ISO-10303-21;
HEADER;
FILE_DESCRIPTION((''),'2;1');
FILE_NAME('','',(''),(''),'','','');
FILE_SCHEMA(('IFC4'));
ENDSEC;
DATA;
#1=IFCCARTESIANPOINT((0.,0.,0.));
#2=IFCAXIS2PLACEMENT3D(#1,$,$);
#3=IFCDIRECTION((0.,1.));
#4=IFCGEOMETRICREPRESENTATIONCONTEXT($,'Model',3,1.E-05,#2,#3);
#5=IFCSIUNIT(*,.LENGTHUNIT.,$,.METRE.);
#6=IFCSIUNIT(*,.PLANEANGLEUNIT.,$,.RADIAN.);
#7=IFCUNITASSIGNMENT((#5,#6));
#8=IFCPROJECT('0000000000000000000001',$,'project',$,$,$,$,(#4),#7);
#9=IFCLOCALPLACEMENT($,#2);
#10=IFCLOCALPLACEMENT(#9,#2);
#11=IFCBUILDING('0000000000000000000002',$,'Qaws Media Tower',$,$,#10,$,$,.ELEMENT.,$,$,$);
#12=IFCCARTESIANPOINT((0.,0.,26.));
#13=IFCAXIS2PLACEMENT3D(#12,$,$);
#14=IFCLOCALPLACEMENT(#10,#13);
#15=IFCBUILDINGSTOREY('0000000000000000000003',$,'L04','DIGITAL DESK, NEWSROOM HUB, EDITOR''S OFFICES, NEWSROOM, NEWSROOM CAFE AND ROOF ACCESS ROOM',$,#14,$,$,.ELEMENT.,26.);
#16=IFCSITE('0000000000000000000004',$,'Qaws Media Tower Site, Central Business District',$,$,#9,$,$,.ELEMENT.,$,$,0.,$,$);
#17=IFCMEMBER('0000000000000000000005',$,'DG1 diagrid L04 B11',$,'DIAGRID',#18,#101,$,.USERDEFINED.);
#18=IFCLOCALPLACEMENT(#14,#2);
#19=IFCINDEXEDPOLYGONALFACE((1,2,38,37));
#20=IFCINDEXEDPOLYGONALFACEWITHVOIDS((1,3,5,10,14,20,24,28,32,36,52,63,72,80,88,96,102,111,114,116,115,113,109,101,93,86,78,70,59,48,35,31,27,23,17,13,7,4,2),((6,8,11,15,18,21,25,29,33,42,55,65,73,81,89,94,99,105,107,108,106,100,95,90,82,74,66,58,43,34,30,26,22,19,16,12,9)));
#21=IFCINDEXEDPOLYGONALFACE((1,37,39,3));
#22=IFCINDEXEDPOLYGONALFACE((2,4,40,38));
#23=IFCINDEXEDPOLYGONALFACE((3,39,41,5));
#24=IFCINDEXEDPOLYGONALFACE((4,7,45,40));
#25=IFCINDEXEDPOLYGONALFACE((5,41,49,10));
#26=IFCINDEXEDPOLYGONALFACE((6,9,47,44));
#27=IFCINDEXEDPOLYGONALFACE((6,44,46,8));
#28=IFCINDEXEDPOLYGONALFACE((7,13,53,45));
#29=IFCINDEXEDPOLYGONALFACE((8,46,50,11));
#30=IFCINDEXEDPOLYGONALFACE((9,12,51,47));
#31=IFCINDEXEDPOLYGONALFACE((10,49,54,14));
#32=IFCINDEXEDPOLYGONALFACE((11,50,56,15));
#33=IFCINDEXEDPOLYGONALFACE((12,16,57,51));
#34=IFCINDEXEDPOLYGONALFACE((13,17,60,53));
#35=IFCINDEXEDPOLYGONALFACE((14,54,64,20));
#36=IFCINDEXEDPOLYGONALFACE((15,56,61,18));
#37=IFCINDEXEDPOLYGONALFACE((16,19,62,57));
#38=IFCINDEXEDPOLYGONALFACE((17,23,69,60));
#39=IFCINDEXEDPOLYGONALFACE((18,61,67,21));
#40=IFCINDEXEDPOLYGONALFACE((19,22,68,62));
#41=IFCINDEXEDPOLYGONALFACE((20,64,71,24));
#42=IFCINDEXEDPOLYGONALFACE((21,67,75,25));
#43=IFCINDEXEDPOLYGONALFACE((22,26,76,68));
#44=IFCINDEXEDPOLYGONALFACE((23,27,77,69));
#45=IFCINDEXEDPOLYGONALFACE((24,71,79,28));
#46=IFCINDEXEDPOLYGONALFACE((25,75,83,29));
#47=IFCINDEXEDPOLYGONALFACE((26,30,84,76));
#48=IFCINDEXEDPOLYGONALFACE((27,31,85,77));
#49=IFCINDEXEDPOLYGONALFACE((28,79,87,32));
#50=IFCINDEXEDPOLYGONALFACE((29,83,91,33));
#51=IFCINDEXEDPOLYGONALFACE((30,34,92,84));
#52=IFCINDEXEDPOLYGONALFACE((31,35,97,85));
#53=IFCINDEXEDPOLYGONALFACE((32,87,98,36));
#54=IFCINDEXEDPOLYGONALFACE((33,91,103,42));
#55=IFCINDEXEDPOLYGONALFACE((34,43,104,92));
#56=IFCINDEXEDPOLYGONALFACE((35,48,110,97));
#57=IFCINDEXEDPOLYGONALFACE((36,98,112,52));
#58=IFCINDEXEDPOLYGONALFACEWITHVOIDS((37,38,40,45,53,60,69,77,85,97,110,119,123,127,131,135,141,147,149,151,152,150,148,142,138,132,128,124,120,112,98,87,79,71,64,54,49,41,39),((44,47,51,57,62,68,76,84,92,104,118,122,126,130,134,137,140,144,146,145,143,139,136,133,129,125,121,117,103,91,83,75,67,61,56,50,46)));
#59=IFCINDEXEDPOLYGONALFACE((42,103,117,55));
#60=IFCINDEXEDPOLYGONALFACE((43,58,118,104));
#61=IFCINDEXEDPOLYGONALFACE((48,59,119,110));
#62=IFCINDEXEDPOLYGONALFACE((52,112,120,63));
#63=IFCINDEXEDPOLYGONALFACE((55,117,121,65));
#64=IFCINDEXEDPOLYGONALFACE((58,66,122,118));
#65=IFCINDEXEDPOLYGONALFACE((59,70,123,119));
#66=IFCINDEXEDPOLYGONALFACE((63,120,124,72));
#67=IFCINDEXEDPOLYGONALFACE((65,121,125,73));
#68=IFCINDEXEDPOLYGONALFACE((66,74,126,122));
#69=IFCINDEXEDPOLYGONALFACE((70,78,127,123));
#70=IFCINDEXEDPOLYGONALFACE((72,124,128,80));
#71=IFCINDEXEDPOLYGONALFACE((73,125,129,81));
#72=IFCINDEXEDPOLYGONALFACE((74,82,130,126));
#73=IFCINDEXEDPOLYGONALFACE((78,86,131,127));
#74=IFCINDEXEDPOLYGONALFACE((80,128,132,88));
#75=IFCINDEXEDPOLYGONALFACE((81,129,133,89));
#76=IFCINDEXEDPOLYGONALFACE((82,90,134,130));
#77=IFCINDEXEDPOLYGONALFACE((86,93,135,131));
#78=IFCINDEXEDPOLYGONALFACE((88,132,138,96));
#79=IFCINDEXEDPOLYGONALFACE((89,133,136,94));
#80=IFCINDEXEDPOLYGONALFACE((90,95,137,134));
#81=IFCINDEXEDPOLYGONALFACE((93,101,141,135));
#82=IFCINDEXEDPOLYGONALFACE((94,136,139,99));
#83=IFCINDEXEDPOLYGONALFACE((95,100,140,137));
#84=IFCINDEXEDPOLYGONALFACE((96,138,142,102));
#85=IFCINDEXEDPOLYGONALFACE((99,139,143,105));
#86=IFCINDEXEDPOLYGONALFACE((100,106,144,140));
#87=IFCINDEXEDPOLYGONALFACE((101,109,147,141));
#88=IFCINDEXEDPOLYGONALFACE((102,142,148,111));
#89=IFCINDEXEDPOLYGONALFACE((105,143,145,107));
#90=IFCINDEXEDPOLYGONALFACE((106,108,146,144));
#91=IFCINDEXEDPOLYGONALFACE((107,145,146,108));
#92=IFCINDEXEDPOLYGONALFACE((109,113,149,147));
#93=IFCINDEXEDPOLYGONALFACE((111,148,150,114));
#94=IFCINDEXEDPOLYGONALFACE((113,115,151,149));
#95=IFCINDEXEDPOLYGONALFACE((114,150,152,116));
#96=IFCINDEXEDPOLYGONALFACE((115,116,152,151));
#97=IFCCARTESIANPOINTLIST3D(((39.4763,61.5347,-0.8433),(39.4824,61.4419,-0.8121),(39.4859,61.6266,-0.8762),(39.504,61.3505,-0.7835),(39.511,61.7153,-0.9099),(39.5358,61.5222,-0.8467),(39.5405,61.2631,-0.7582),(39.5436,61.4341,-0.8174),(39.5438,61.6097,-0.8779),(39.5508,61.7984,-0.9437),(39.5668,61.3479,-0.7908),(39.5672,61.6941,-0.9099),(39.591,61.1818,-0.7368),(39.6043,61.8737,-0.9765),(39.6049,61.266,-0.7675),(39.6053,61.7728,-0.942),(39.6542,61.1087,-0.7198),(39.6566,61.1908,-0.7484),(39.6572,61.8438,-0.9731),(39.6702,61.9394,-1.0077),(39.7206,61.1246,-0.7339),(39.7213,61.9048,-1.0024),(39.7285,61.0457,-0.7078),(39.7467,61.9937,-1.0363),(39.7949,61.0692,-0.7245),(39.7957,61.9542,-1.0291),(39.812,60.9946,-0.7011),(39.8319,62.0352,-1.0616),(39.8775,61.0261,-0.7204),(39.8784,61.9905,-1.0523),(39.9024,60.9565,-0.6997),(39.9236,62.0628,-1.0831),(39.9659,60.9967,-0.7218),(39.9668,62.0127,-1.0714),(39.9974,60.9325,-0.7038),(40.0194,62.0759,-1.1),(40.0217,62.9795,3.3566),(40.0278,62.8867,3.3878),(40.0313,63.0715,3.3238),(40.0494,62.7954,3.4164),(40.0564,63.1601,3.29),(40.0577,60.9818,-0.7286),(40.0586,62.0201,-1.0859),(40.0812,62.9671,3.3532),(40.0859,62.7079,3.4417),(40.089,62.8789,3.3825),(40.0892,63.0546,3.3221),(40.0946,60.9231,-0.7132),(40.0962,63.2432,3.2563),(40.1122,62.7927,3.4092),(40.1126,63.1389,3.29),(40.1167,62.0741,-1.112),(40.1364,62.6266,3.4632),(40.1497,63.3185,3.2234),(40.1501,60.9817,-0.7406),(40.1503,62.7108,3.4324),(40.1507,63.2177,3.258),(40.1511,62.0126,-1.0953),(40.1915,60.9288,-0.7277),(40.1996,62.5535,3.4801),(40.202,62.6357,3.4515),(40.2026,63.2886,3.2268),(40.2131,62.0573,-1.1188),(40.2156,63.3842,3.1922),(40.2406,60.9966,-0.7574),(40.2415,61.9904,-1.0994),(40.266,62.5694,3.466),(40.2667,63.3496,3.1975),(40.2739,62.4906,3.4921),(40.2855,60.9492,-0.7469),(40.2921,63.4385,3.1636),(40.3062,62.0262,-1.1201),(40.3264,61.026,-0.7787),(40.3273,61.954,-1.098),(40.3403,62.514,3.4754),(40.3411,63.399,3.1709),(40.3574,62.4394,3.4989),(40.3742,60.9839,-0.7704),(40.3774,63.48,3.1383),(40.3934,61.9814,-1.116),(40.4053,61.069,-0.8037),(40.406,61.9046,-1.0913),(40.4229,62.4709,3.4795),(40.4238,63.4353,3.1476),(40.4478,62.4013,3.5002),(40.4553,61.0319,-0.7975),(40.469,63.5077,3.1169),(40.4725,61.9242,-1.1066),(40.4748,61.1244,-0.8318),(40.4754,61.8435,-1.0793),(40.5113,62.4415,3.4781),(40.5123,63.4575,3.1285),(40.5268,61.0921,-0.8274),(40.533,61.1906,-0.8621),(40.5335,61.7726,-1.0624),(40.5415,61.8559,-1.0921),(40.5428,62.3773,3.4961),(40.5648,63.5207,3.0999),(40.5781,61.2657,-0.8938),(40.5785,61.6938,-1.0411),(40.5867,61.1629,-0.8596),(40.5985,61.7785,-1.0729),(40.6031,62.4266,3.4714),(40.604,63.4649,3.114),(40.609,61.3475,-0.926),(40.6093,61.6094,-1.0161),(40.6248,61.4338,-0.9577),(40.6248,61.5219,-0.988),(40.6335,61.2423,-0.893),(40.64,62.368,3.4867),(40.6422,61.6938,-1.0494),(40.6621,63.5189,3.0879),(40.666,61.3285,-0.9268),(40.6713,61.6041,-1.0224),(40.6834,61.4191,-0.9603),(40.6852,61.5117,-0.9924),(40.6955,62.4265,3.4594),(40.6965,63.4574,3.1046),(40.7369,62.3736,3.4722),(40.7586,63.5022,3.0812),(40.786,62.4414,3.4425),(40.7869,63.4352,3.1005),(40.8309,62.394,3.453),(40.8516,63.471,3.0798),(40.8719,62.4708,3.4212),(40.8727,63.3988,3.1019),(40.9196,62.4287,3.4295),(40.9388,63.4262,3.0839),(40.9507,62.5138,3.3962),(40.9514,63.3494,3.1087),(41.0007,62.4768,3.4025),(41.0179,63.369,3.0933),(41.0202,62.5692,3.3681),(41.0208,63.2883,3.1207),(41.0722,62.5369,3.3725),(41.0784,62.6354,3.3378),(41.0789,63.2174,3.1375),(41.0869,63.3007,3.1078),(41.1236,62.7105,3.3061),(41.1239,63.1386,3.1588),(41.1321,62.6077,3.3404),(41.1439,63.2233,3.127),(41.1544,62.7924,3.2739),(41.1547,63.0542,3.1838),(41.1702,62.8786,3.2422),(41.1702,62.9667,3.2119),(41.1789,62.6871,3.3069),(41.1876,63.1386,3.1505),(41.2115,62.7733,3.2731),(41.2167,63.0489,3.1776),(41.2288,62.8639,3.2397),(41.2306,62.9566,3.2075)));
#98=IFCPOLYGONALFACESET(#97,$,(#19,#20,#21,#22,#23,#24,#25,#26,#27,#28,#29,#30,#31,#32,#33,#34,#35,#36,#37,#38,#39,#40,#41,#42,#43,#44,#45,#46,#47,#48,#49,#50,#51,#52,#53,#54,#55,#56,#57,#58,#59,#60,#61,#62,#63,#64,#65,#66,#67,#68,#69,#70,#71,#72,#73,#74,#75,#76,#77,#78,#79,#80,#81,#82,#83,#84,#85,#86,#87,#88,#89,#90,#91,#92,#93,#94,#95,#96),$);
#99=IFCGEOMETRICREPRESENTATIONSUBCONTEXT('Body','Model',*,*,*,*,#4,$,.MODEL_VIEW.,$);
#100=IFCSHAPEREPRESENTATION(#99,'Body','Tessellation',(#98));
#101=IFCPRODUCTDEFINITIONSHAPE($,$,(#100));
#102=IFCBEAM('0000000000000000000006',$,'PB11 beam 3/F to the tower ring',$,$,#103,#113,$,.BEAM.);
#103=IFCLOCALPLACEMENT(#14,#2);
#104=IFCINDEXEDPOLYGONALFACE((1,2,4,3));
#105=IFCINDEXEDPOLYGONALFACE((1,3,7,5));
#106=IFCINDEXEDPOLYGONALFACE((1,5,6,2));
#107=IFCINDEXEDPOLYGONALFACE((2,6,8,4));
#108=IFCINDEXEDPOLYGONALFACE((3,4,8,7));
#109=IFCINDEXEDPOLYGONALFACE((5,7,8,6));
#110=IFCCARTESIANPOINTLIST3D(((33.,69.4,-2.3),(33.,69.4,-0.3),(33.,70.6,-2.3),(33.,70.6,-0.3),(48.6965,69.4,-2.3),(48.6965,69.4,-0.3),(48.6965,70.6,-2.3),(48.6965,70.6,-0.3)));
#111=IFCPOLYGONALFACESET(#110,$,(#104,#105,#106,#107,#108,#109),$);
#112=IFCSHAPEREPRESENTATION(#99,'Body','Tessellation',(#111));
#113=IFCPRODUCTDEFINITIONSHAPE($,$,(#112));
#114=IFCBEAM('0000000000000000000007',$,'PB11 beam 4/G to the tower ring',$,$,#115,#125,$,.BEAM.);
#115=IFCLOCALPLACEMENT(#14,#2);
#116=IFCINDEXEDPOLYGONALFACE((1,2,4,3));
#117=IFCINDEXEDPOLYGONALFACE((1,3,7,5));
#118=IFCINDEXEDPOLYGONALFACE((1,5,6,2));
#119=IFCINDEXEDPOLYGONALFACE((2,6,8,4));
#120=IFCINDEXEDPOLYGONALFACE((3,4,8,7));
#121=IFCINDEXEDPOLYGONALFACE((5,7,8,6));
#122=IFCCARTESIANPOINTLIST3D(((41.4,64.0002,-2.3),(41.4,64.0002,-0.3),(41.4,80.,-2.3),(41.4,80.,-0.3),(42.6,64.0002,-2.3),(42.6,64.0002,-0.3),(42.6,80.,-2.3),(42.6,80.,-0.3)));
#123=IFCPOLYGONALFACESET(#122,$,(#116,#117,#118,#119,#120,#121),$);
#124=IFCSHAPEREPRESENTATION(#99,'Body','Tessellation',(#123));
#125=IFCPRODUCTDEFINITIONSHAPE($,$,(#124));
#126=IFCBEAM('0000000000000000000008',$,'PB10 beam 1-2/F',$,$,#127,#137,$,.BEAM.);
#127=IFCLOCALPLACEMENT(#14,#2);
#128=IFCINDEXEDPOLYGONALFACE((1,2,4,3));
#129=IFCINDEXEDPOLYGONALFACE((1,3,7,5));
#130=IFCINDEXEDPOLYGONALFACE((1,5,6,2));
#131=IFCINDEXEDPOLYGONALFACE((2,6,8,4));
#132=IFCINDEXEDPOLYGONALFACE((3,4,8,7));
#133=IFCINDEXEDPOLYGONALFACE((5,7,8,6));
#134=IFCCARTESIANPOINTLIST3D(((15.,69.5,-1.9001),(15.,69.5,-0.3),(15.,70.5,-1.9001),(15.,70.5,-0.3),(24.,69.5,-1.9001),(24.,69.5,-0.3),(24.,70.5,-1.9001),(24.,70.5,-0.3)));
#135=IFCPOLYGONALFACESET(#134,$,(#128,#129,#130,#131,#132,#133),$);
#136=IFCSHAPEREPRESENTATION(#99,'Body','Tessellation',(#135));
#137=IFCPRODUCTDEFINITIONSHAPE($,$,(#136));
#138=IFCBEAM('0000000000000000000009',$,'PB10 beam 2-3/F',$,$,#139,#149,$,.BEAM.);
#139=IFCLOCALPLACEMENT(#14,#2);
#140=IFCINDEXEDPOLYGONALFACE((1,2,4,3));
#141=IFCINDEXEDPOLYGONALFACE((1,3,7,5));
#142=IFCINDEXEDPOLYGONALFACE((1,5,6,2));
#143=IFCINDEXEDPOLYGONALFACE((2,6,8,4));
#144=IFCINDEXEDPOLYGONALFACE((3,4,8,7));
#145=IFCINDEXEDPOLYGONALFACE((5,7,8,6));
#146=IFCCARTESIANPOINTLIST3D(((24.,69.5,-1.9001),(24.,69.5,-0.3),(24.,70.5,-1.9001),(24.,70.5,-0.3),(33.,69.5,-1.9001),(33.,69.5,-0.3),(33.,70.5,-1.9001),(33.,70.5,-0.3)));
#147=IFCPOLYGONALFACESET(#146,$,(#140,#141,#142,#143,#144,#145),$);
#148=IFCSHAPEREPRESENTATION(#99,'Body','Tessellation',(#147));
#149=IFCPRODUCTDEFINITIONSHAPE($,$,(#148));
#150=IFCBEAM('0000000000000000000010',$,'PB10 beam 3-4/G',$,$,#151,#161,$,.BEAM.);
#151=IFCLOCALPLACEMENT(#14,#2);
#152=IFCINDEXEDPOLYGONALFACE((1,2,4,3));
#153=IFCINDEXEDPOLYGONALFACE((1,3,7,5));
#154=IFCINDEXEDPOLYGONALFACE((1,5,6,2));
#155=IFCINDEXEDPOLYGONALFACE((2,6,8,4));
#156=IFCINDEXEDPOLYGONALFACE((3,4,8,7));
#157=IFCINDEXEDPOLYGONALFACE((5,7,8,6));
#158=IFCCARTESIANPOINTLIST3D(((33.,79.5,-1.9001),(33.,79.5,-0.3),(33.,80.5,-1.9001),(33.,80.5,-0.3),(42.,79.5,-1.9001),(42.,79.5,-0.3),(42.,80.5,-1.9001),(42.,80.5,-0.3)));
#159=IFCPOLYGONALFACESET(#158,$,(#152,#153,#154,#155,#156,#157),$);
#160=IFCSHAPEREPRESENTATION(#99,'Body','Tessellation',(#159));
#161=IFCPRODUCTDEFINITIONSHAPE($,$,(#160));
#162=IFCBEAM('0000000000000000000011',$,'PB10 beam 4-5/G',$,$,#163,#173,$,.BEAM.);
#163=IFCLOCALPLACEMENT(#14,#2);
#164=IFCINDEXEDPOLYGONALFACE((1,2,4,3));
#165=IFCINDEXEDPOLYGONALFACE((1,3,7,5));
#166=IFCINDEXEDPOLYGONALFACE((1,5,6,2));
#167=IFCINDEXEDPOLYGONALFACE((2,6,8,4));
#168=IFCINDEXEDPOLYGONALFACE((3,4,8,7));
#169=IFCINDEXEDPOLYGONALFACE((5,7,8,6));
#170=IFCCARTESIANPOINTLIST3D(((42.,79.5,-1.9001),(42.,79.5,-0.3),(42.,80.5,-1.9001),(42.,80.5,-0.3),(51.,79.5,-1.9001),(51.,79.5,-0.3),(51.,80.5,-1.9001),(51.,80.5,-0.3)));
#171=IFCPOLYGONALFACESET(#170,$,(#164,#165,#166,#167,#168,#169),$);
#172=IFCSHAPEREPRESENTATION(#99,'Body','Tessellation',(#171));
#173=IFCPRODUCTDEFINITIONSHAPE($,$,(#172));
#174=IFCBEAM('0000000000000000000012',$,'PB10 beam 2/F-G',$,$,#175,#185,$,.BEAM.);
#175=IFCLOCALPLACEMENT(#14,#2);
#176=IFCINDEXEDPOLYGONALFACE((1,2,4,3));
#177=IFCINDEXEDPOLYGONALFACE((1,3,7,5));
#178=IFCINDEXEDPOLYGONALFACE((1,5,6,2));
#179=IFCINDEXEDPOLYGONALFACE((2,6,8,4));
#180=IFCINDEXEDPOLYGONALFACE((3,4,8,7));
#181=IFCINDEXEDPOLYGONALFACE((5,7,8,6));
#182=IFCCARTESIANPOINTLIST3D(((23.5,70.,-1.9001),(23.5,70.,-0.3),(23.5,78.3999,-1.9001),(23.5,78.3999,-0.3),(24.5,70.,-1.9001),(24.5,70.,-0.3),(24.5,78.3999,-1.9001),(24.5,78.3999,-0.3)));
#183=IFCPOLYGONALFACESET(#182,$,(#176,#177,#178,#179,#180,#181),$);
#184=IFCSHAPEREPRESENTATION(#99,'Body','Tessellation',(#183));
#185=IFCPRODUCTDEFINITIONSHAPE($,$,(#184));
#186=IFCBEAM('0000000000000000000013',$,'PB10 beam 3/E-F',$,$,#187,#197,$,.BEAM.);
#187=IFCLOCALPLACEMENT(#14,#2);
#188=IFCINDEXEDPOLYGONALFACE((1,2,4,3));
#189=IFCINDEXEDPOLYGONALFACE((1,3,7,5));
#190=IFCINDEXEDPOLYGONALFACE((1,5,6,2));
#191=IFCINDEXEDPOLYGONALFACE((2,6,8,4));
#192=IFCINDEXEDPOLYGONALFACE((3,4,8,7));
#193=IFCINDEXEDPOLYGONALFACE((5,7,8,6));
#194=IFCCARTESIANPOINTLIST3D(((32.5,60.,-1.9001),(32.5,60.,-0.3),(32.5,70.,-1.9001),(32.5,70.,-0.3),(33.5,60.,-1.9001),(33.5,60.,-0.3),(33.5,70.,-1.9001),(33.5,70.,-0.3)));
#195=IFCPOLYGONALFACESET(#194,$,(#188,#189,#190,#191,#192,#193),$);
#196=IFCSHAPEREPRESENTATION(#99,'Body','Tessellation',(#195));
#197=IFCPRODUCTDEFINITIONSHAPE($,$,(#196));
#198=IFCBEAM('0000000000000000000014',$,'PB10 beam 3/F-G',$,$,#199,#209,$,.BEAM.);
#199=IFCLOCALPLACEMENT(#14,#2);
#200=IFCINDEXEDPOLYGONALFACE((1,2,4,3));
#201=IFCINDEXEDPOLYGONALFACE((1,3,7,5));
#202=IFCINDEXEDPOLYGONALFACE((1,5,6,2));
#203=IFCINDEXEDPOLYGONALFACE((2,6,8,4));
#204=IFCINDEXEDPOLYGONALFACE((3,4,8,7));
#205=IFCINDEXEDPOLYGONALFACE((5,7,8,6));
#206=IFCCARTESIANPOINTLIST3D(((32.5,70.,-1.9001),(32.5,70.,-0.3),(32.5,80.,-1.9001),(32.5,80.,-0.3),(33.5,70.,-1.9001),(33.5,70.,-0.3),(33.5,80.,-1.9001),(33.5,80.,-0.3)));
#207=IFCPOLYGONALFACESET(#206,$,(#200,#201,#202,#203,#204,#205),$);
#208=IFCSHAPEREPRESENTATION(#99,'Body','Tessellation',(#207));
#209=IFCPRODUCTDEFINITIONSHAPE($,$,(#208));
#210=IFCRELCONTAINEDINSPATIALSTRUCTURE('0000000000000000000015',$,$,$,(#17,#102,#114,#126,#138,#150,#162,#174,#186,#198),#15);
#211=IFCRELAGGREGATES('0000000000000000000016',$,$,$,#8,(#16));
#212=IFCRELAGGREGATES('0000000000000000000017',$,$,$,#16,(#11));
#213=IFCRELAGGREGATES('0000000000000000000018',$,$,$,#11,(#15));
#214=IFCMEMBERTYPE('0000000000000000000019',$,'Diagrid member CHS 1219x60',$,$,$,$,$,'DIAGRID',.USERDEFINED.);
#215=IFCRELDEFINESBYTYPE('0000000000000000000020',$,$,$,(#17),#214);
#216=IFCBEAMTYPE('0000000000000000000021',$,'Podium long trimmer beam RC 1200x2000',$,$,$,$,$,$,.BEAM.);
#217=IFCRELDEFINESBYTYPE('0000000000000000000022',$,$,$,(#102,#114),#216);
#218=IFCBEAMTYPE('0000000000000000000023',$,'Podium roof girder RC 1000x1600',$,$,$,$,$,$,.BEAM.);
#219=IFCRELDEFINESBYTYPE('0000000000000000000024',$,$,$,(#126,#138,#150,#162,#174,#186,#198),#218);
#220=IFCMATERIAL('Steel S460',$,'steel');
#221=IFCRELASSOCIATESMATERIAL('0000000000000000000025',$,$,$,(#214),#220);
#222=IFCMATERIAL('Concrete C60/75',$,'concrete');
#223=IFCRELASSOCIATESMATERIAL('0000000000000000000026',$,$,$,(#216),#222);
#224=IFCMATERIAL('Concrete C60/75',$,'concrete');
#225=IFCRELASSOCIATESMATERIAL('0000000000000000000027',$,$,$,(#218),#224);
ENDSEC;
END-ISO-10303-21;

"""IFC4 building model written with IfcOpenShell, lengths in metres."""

from ifc_helpers import new_model, si_unit, direction, frame, origin, origin_2d, place, context, subcontext, project, spatial, rectangle, hollow_circle, extrude, material, material_profile, profile_set, type_object, element, save


model = new_model("IFC4")

# Units and contexts
model_context = context("Model", 3, precision=1e-05, world=origin(), true_north=direction((0.0, 1.0)))
body_context = subcontext(model_context, "Body", "Model", "MODEL_VIEW")
ifc_project = project(units=[si_unit("LENGTHUNIT", "METRE"), si_unit("PLANEANGLEUNIT", "RADIAN")], contexts=[model_context])

# Site, building, storey
site_placement = place(None, origin())
site = spatial("IfcSite", under=ifc_project, at=site_placement, Name="Qaws Media Tower Site, Central Business District", CompositionType="ELEMENT", RefElevation=0.0)
building_placement = place(site_placement, origin())
building = spatial("IfcBuilding", under=site, at=building_placement, Name="Qaws Media Tower", CompositionType="ELEMENT")
storey_placement = place(building_placement, frame((0.0, 0.0, 26.0)))
storey = spatial("IfcBuildingStorey", under=building, at=storey_placement, Name="L04", Description="DIGITAL DESK, NEWSROOM HUB, EDITOR'S OFFICES, NEWSROOM, NEWSROOM CAFE AND ROOF ACCESS ROOM", CompositionType="ELEMENT", Elevation=26.0)

# Member
ifc_material_1 = material(Name="Steel S460", Category="steel")
ifc_material_profile_1 = material_profile(ifc_material_1, hollow_circle(Radius=0.6096, WallThickness=0.0601, at=origin_2d()), Name="CHS 1219x60")
ifc_profile_set_1 = profile_set([ifc_material_profile_1], Name="Steel S460")
member_type_1 = type_object("IfcMemberType", Name="Diagrid member CHS 1219x60", ElementType="DIAGRID", PredefinedType="USERDEFINED", material=ifc_profile_set_1)
for number, where, z_axis, x_axis, name in (
    (1, (40.0813, 61.5, -0.9099), (0.121883, 0.322874, 0.938561), (-0.93556, 0.353167, 0.0), "DG1 diagrid L04 B11"),
):
    element("IfcMember", number, at=place(storey_placement, frame(where, z_axis=z_axis, x_axis=x_axis)), inside=storey, type_object=member_type_1, Name=name, ObjectType="DIAGRID", PredefinedType="USERDEFINED", context=body_context, shape_type="SweptSolid", body=[
        extrude(hollow_circle(Radius=0.6096, WallThickness=0.0601, at=origin_2d()), origin(), (0.0, 0.0, 1.0), 4.4749),
    ])

# Beams
ifc_material_2 = material(Name="Concrete C60/75", Category="concrete")
ifc_material_profile_2 = material_profile(ifc_material_2, rectangle(XDim=1.2, YDim=2.0, at=origin_2d()), Name="RC 1200x2000")
ifc_profile_set_2 = profile_set([ifc_material_profile_2], Name="Concrete C60/75")
beam_type_1 = type_object("IfcBeamType", Name="Podium long trimmer beam RC 1200x2000", PredefinedType="BEAM", material=ifc_profile_set_2)
beam_1_placement = place(storey_placement, frame((33.0, 70.0, -1.3), z_axis=(1.0, 0.0, 0.0), x_axis=(0.0, 1.0, 0.0)))
element("IfcBeam", 2, at=beam_1_placement, inside=storey, type_object=beam_type_1, Name="PB11 beam 3/F to the tower ring", PredefinedType="BEAM", context=body_context, shape_type="SweptSolid", body=[
    extrude(rectangle(XDim=1.2, YDim=2.0, at=origin_2d()), origin(), (0.0, 0.0, 1.0), 15.6965),
])
beam_2_placement = place(storey_placement, frame((42.0, 80.0, -1.3), z_axis=(0.0, -1.0, 0.0), x_axis=(1.0, 0.0, 0.0)))
element("IfcBeam", 3, at=beam_2_placement, inside=storey, type_object=beam_type_1, Name="PB11 beam 4/G to the tower ring", PredefinedType="BEAM", context=body_context, shape_type="SweptSolid", body=[
    extrude(rectangle(XDim=1.2, YDim=2.0, at=origin_2d()), origin(), (0.0, 0.0, 1.0), 15.9998),
])
ifc_material_3 = material(Name="Concrete C60/75", Category="concrete")
ifc_material_profile_3 = material_profile(ifc_material_3, rectangle(XDim=1.0, YDim=1.6001, at=origin_2d()), Name="RC 1000x1600")
ifc_profile_set_3 = profile_set([ifc_material_profile_3], Name="Concrete C60/75")
beam_type_2 = type_object("IfcBeamType", Name="Podium roof girder RC 1000x1600", PredefinedType="BEAM", material=ifc_profile_set_3)
for number, where, z_axis, x_axis, name in (
    (4, (15.0, 70.0, -1.1001), (1.0, 0.0, 0.0), (0.0, 1.0, 0.0), "PB10 beam 1-2/F"),
    (5, (24.0, 70.0, -1.1001), (1.0, 0.0, 0.0), (0.0, 1.0, 0.0), "PB10 beam 2-3/F"),
    (6, (33.0, 80.0, -1.1001), (1.0, 0.0, 0.0), (0.0, 1.0, 0.0), "PB10 beam 3-4/G"),
    (7, (42.0, 80.0, -1.1001), (1.0, 0.0, 0.0), (0.0, 1.0, 0.0), "PB10 beam 4-5/G"),
):
    element("IfcBeam", number, at=place(storey_placement, frame(where, z_axis=z_axis, x_axis=x_axis)), inside=storey, type_object=beam_type_2, Name=name, PredefinedType="BEAM", context=body_context, shape_type="SweptSolid", body=[
        extrude(rectangle(XDim=1.0, YDim=1.6001, at=origin_2d()), origin(), (0.0, 0.0, 1.0), 9.0),
    ])
beam_3_placement = place(storey_placement, frame((24.0, 70.0, -1.1001), z_axis=(0.0, 1.0, 0.0), x_axis=(-1.0, 0.0, 0.0)))
element("IfcBeam", 8, at=beam_3_placement, inside=storey, type_object=beam_type_2, Name="PB10 beam 2/F-G", PredefinedType="BEAM", context=body_context, shape_type="SweptSolid", body=[
    extrude(rectangle(XDim=1.0, YDim=1.6001, at=origin_2d()), origin(), (0.0, 0.0, 1.0), 8.3999),
])
for number, where, z_axis, x_axis, name in (
    (9, (33.0, 60.0, -1.1001), (0.0, 1.0, 0.0), (-1.0, 0.0, 0.0), "PB10 beam 3/E-F"),
    (10, (33.0, 70.0, -1.1001), (0.0, 1.0, 0.0), (-1.0, 0.0, 0.0), "PB10 beam 3/F-G"),
):
    element("IfcBeam", number, at=place(storey_placement, frame(where, z_axis=z_axis, x_axis=x_axis)), inside=storey, type_object=beam_type_2, Name=name, PredefinedType="BEAM", context=body_context, shape_type="SweptSolid", body=[
        extrude(rectangle(XDim=1.0, YDim=1.6001, at=origin_2d()), origin(), (0.0, 0.0, 1.0), 10.0),
    ])

save(model, "model.ifc")
